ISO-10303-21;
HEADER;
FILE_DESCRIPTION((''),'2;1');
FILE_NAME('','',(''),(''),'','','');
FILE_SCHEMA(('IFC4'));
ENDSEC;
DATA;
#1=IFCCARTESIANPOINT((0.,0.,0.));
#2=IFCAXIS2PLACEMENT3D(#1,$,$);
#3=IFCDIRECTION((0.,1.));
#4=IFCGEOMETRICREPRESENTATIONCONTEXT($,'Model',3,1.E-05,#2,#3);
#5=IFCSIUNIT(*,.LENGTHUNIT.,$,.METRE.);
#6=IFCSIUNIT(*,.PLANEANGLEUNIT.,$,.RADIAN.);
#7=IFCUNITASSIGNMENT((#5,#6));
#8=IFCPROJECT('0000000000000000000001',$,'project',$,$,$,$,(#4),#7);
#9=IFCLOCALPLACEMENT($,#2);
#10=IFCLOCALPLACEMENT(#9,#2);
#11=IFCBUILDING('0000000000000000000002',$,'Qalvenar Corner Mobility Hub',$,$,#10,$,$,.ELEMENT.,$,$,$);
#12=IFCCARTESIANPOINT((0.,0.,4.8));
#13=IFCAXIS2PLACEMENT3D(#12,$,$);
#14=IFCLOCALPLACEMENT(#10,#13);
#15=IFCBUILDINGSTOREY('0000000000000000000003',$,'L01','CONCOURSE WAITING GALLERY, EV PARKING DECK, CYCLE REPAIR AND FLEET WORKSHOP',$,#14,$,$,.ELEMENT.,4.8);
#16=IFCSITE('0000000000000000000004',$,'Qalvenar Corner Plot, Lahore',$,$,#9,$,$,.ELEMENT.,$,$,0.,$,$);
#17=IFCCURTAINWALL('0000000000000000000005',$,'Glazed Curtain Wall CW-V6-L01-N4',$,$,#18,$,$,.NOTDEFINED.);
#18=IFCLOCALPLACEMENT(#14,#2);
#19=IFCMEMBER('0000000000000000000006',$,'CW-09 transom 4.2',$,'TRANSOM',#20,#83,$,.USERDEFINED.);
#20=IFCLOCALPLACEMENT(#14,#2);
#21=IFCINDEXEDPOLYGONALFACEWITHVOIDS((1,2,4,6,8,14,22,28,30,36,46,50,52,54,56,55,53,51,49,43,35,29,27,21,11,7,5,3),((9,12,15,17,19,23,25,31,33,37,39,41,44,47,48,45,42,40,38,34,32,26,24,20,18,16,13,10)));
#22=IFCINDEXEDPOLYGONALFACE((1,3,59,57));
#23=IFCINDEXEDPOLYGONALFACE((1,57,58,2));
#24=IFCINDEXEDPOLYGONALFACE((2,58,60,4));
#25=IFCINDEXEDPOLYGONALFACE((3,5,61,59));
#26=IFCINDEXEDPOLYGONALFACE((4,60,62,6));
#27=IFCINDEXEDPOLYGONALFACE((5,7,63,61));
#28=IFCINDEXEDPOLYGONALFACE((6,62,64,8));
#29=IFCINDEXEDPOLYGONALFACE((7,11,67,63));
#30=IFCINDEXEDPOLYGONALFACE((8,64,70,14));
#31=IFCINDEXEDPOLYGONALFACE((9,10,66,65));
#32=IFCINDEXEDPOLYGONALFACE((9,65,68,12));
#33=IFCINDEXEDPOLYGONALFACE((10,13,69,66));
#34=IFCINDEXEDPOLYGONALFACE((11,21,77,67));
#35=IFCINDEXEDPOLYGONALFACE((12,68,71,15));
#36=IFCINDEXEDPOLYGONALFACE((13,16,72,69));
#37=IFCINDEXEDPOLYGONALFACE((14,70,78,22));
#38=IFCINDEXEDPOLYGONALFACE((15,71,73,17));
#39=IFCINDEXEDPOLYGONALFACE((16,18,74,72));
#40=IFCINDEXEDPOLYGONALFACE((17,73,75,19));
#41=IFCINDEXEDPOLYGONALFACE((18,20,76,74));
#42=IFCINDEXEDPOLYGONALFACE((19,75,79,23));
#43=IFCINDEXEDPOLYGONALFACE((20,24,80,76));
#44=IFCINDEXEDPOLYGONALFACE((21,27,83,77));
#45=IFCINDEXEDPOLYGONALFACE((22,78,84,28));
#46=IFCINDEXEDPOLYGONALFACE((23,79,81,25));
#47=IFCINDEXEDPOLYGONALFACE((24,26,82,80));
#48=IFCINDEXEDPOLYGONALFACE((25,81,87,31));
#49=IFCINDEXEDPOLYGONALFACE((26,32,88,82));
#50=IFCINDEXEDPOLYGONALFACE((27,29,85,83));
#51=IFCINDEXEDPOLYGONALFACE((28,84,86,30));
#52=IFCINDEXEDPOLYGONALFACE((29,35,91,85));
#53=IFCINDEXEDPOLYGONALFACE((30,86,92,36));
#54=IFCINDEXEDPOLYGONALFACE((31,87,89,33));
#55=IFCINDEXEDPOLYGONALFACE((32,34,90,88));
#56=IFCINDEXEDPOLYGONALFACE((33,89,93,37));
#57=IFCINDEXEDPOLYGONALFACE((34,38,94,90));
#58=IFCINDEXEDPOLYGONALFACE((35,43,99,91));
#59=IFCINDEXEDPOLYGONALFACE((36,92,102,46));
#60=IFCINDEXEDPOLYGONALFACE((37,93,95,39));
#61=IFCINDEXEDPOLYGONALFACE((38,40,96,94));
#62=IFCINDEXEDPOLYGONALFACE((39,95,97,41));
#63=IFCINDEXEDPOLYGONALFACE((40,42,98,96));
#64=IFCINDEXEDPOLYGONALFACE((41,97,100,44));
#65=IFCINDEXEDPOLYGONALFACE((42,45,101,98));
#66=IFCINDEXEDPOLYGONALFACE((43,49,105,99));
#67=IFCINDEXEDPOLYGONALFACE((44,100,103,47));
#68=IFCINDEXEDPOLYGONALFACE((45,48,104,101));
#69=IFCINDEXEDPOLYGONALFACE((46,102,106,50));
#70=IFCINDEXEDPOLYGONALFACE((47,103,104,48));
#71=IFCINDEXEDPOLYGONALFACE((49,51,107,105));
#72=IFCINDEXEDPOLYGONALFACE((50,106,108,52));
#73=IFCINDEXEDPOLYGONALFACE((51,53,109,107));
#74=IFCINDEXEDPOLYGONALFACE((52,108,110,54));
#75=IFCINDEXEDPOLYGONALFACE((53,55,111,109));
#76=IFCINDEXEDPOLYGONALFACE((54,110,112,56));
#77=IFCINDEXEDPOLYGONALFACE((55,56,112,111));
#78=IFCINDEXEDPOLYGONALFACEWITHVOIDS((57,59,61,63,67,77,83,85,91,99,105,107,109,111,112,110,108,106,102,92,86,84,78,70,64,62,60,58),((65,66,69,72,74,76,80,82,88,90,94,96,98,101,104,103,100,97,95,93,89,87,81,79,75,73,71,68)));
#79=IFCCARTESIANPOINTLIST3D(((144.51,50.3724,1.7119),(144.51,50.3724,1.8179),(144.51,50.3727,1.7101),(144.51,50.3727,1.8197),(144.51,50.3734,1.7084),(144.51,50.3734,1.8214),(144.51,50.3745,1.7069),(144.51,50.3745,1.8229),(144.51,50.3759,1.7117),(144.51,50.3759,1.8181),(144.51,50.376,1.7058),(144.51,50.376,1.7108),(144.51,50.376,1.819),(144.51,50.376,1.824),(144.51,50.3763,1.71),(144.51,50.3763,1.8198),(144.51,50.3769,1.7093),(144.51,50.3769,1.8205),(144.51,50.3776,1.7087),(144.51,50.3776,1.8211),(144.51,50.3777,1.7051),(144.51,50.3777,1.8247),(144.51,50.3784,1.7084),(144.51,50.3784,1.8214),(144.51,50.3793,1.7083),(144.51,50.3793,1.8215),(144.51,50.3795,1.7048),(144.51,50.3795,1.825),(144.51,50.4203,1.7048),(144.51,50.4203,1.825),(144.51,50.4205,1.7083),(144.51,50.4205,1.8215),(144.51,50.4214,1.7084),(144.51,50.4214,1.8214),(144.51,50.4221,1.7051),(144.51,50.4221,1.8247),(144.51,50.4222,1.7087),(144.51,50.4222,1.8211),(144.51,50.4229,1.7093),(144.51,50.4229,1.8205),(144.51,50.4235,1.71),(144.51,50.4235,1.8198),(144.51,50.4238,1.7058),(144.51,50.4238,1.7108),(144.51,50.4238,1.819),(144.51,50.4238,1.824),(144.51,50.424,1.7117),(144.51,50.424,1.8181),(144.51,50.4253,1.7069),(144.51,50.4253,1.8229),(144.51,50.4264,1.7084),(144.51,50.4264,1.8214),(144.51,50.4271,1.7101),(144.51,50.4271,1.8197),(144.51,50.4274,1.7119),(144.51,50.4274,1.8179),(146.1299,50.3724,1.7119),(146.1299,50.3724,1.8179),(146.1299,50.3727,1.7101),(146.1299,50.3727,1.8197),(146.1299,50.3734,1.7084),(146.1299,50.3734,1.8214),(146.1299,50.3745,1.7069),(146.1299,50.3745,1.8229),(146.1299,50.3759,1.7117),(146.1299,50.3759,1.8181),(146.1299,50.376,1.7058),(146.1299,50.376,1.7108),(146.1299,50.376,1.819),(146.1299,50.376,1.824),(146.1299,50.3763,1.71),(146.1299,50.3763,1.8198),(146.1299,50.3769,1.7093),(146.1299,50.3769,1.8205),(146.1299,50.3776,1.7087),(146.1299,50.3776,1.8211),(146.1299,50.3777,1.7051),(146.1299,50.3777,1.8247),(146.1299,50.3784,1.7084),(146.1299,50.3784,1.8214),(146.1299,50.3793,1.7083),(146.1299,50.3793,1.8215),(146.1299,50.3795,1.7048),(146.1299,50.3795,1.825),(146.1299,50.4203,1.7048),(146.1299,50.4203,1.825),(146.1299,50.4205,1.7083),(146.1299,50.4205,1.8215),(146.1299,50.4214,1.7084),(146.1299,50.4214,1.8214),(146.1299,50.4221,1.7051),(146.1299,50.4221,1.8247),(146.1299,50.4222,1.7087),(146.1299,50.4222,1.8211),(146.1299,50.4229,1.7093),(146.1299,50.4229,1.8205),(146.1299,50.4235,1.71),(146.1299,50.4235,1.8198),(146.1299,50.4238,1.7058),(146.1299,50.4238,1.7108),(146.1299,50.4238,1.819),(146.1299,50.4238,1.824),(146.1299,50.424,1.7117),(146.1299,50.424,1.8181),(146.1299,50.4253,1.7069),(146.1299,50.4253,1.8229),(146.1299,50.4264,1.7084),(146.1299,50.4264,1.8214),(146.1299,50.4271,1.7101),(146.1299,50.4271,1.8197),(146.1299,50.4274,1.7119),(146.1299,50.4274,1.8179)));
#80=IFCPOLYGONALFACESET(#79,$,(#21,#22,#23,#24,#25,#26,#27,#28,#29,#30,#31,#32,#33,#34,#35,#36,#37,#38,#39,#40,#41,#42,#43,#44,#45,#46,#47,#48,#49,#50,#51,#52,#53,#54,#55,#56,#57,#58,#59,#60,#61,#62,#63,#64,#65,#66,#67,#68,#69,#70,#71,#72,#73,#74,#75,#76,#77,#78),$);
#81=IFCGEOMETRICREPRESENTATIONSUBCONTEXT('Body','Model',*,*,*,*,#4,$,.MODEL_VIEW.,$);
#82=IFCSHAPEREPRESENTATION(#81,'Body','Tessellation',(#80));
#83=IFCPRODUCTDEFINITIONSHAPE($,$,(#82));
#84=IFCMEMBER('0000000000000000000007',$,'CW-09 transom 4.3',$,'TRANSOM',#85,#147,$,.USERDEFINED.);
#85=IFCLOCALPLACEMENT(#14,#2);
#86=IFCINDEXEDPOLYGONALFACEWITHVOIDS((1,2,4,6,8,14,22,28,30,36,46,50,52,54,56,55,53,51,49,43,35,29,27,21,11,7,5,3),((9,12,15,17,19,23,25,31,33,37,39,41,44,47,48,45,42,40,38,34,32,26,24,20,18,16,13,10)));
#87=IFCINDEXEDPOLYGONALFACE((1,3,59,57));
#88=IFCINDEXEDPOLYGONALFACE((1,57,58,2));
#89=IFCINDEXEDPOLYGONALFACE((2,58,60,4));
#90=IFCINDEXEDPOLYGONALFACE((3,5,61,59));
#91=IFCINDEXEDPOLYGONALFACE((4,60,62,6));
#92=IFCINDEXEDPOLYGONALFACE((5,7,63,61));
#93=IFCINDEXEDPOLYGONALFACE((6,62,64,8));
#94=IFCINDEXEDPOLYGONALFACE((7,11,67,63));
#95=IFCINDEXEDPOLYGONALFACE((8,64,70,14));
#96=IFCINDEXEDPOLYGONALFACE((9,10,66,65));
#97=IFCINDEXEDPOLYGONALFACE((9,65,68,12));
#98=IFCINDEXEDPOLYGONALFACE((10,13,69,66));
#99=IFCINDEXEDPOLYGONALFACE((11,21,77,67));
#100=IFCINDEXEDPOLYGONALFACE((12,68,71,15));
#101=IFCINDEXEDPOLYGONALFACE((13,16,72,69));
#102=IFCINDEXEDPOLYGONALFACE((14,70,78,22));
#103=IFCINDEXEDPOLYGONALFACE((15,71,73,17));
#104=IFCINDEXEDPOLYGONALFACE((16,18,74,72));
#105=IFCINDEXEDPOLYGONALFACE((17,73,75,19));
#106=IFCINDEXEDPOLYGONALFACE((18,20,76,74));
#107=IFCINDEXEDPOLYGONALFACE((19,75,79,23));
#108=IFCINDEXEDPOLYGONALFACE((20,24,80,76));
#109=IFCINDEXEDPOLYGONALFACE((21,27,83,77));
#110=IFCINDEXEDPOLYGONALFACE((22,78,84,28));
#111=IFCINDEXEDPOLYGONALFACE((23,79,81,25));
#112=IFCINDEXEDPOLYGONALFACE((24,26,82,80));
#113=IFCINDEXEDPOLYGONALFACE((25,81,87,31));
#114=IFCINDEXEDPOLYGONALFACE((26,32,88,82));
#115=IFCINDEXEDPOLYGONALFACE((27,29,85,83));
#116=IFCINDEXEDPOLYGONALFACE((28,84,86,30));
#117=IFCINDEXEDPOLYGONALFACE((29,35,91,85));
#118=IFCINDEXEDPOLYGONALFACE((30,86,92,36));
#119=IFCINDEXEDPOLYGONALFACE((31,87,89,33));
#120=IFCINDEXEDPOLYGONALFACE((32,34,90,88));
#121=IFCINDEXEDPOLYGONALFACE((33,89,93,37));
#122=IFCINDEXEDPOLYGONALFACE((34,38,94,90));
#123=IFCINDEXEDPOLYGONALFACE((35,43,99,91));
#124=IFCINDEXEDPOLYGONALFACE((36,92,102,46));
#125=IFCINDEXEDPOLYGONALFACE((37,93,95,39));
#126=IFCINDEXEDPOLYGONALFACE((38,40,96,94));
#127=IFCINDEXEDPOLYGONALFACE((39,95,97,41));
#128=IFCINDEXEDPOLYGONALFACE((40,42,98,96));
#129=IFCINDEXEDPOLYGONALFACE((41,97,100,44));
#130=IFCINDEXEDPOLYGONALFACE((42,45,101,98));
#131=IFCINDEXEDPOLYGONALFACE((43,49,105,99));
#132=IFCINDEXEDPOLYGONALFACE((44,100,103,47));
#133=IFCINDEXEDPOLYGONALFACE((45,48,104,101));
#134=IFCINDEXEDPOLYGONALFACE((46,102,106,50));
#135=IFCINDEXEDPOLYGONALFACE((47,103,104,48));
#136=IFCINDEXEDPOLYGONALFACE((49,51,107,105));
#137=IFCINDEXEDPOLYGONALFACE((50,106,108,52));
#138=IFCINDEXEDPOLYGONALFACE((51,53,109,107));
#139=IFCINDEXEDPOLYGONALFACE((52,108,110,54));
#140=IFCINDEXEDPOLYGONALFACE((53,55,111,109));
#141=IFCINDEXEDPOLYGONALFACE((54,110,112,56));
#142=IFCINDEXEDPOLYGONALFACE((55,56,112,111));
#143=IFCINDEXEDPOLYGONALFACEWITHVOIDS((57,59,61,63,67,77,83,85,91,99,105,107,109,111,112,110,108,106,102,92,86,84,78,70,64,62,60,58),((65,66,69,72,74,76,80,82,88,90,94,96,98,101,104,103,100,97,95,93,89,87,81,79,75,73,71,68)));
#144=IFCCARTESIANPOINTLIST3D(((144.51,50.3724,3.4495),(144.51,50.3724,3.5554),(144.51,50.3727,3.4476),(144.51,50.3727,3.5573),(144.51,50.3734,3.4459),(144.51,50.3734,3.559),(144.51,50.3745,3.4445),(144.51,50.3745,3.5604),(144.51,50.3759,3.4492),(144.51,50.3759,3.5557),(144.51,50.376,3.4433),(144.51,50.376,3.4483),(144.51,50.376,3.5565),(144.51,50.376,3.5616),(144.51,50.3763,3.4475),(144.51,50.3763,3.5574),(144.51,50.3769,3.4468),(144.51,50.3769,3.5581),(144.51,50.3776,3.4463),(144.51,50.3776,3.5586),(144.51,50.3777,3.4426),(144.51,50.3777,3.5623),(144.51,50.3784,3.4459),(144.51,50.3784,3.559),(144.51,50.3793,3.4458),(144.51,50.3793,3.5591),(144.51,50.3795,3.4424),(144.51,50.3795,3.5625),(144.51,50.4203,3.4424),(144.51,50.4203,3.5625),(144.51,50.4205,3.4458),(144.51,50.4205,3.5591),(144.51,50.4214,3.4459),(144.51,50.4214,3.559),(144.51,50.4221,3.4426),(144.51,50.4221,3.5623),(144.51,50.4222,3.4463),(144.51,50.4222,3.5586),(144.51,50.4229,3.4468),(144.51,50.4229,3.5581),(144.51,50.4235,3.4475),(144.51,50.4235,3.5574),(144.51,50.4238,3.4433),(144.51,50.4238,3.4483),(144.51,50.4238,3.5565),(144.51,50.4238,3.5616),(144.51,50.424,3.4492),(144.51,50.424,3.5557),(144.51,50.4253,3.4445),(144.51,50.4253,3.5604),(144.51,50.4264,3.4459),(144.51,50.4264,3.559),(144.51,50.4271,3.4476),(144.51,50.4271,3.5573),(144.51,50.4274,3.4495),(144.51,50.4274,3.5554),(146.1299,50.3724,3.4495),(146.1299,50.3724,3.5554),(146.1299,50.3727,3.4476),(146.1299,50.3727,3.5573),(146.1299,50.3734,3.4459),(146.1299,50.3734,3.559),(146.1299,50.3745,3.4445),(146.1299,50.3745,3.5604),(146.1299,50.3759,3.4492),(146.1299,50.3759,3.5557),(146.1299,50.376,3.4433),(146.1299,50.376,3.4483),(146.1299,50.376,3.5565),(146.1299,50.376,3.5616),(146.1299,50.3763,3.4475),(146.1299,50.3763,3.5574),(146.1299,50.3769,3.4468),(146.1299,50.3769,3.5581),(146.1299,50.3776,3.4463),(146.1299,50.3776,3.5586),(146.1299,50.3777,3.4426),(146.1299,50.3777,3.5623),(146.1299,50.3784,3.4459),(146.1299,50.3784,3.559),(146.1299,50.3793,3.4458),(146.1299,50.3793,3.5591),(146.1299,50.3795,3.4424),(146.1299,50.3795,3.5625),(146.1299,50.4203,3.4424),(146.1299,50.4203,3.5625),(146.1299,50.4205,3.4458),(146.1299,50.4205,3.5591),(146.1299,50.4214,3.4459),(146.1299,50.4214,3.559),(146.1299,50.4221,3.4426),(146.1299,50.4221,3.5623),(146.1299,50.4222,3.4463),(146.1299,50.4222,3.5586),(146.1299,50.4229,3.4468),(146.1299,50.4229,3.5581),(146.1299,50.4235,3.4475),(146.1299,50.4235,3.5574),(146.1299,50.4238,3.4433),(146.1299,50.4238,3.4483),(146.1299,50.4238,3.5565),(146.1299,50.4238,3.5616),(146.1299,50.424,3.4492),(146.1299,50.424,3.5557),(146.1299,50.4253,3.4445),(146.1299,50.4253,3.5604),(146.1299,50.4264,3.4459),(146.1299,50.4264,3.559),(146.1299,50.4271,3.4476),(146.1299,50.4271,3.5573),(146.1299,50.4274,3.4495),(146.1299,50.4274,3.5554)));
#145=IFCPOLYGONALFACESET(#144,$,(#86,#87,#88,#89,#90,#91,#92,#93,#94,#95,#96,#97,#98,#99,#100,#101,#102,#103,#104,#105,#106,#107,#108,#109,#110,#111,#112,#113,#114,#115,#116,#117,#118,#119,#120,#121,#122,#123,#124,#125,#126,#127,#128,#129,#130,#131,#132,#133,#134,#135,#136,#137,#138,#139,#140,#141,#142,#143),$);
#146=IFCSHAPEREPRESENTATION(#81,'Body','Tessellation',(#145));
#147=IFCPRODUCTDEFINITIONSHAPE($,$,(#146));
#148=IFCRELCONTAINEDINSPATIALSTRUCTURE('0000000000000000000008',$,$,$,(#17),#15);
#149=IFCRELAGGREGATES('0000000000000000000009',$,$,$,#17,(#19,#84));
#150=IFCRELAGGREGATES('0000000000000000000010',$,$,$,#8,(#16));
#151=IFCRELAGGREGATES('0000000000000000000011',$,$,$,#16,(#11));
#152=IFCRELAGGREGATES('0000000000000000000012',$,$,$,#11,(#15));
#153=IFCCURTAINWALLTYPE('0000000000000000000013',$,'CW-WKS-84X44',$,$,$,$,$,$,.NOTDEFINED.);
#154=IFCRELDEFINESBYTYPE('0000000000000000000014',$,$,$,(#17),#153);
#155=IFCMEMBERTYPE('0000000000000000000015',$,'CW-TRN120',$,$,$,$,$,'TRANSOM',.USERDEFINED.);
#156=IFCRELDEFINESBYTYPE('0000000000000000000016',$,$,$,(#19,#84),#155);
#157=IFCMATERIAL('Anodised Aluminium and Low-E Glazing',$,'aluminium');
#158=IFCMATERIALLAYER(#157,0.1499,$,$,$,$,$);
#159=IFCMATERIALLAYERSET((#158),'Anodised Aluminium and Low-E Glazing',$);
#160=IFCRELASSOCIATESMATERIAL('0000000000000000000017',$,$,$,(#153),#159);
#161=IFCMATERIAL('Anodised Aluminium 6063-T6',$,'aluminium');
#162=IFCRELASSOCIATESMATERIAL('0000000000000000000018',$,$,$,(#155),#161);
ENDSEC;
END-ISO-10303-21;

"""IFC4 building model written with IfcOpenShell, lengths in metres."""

from ifc_helpers import new_model, si_unit, direction, frame, origin, origin_2d, place, context, subcontext, project, spatial, hollow_rectangle, extrude, material, layer, layer_set, material_profile, profile_set, type_object, element, aggregate, save


model = new_model("IFC4")

# Units and contexts
model_context = context("Model", 3, precision=1e-05, world=origin(), true_north=direction((0.0, 1.0)))
body_context = subcontext(model_context, "Body", "Model", "MODEL_VIEW")
ifc_project = project(units=[si_unit("LENGTHUNIT", "METRE"), si_unit("PLANEANGLEUNIT", "RADIAN")], contexts=[model_context])

# Site, building, storey
site_placement = place(None, origin())
site = spatial("IfcSite", under=ifc_project, at=site_placement, Name="Qalvenar Corner Plot, Lahore", CompositionType="ELEMENT", RefElevation=0.0)
building_placement = place(site_placement, origin())
building = spatial("IfcBuilding", under=site, at=building_placement, Name="Qalvenar Corner Mobility Hub", CompositionType="ELEMENT")
storey_placement = place(building_placement, frame((0.0, 0.0, 4.8)))
storey = spatial("IfcBuildingStorey", under=building, at=storey_placement, Name="L01", Description="CONCOURSE WAITING GALLERY, EV PARKING DECK, CYCLE REPAIR AND FLEET WORKSHOP", CompositionType="ELEMENT", Elevation=4.8)

# Curtain wall, members
ifc_material_1 = material(Name="Anodised Aluminium and Low-E Glazing", Category="aluminium")
ifc_layer_1 = layer(ifc_material_1, 0.1499)
ifc_layer_set_1 = layer_set([ifc_layer_1], Name="Anodised Aluminium and Low-E Glazing")
curtain_wall_type = type_object("IfcCurtainWallType", Name="CW-WKS-84X44", PredefinedType="NOTDEFINED", material=ifc_layer_set_1)
curtain_wall_placement = place(storey_placement, origin())
curtain_wall = element("IfcCurtainWall", 1, at=curtain_wall_placement, inside=storey, type_object=curtain_wall_type, Name="Glazed Curtain Wall CW-V6-L01-N4", PredefinedType="NOTDEFINED")
ifc_material_2 = material(Name="Anodised Aluminium 6063-T6", Category="aluminium")
ifc_material_profile_1 = material_profile(ifc_material_2, hollow_rectangle(XDim=0.0549, YDim=0.1201, WallThickness=0.0034, InnerFilletRadius=0.0034, OuterFilletRadius=0.0071, at=origin_2d()), Name="RHS120x55x3.5")
ifc_profile_set_1 = profile_set([ifc_material_profile_1], Name="Anodised Aluminium 6063-T6")
member_type_1 = type_object("IfcMemberType", Name="CW-TRN120", ElementType="TRANSOM", PredefinedType="USERDEFINED", material=ifc_profile_set_1)
member_1_placement = place(storey_placement, frame((146.1299, 50.3999, 1.7649), z_axis=(-1.0, 0.0, 0.0), x_axis=(0.0, -1.0, 0.0)))
member_1 = element("IfcMember", 2, at=member_1_placement, type_object=member_type_1, Name="CW-09 transom 4.2", ObjectType="TRANSOM", PredefinedType="USERDEFINED", context=body_context, shape_type="SweptSolid", body=[
    extrude(hollow_rectangle(XDim=0.0549, YDim=0.1201, WallThickness=0.0034, InnerFilletRadius=0.0034, OuterFilletRadius=0.0071, at=origin_2d()), origin(), (0.0, 0.0, 1.0), 1.6199),
])
member_2_placement = place(storey_placement, frame((146.1299, 50.3999, 3.5024), z_axis=(-1.0, 0.0, 0.0), x_axis=(0.0, -1.0, 0.0)))
member_2 = element("IfcMember", 3, at=member_2_placement, type_object=member_type_1, Name="CW-09 transom 4.3", ObjectType="TRANSOM", PredefinedType="USERDEFINED", context=body_context, shape_type="SweptSolid", body=[
    extrude(hollow_rectangle(XDim=0.0549, YDim=0.1201, WallThickness=0.0034, InnerFilletRadius=0.0034, OuterFilletRadius=0.0071, at=origin_2d()), origin(), (0.0, 0.0, 1.0), 1.6199),
])
aggregate(curtain_wall, [member_1, member_2])

save(model, "model.ifc")
